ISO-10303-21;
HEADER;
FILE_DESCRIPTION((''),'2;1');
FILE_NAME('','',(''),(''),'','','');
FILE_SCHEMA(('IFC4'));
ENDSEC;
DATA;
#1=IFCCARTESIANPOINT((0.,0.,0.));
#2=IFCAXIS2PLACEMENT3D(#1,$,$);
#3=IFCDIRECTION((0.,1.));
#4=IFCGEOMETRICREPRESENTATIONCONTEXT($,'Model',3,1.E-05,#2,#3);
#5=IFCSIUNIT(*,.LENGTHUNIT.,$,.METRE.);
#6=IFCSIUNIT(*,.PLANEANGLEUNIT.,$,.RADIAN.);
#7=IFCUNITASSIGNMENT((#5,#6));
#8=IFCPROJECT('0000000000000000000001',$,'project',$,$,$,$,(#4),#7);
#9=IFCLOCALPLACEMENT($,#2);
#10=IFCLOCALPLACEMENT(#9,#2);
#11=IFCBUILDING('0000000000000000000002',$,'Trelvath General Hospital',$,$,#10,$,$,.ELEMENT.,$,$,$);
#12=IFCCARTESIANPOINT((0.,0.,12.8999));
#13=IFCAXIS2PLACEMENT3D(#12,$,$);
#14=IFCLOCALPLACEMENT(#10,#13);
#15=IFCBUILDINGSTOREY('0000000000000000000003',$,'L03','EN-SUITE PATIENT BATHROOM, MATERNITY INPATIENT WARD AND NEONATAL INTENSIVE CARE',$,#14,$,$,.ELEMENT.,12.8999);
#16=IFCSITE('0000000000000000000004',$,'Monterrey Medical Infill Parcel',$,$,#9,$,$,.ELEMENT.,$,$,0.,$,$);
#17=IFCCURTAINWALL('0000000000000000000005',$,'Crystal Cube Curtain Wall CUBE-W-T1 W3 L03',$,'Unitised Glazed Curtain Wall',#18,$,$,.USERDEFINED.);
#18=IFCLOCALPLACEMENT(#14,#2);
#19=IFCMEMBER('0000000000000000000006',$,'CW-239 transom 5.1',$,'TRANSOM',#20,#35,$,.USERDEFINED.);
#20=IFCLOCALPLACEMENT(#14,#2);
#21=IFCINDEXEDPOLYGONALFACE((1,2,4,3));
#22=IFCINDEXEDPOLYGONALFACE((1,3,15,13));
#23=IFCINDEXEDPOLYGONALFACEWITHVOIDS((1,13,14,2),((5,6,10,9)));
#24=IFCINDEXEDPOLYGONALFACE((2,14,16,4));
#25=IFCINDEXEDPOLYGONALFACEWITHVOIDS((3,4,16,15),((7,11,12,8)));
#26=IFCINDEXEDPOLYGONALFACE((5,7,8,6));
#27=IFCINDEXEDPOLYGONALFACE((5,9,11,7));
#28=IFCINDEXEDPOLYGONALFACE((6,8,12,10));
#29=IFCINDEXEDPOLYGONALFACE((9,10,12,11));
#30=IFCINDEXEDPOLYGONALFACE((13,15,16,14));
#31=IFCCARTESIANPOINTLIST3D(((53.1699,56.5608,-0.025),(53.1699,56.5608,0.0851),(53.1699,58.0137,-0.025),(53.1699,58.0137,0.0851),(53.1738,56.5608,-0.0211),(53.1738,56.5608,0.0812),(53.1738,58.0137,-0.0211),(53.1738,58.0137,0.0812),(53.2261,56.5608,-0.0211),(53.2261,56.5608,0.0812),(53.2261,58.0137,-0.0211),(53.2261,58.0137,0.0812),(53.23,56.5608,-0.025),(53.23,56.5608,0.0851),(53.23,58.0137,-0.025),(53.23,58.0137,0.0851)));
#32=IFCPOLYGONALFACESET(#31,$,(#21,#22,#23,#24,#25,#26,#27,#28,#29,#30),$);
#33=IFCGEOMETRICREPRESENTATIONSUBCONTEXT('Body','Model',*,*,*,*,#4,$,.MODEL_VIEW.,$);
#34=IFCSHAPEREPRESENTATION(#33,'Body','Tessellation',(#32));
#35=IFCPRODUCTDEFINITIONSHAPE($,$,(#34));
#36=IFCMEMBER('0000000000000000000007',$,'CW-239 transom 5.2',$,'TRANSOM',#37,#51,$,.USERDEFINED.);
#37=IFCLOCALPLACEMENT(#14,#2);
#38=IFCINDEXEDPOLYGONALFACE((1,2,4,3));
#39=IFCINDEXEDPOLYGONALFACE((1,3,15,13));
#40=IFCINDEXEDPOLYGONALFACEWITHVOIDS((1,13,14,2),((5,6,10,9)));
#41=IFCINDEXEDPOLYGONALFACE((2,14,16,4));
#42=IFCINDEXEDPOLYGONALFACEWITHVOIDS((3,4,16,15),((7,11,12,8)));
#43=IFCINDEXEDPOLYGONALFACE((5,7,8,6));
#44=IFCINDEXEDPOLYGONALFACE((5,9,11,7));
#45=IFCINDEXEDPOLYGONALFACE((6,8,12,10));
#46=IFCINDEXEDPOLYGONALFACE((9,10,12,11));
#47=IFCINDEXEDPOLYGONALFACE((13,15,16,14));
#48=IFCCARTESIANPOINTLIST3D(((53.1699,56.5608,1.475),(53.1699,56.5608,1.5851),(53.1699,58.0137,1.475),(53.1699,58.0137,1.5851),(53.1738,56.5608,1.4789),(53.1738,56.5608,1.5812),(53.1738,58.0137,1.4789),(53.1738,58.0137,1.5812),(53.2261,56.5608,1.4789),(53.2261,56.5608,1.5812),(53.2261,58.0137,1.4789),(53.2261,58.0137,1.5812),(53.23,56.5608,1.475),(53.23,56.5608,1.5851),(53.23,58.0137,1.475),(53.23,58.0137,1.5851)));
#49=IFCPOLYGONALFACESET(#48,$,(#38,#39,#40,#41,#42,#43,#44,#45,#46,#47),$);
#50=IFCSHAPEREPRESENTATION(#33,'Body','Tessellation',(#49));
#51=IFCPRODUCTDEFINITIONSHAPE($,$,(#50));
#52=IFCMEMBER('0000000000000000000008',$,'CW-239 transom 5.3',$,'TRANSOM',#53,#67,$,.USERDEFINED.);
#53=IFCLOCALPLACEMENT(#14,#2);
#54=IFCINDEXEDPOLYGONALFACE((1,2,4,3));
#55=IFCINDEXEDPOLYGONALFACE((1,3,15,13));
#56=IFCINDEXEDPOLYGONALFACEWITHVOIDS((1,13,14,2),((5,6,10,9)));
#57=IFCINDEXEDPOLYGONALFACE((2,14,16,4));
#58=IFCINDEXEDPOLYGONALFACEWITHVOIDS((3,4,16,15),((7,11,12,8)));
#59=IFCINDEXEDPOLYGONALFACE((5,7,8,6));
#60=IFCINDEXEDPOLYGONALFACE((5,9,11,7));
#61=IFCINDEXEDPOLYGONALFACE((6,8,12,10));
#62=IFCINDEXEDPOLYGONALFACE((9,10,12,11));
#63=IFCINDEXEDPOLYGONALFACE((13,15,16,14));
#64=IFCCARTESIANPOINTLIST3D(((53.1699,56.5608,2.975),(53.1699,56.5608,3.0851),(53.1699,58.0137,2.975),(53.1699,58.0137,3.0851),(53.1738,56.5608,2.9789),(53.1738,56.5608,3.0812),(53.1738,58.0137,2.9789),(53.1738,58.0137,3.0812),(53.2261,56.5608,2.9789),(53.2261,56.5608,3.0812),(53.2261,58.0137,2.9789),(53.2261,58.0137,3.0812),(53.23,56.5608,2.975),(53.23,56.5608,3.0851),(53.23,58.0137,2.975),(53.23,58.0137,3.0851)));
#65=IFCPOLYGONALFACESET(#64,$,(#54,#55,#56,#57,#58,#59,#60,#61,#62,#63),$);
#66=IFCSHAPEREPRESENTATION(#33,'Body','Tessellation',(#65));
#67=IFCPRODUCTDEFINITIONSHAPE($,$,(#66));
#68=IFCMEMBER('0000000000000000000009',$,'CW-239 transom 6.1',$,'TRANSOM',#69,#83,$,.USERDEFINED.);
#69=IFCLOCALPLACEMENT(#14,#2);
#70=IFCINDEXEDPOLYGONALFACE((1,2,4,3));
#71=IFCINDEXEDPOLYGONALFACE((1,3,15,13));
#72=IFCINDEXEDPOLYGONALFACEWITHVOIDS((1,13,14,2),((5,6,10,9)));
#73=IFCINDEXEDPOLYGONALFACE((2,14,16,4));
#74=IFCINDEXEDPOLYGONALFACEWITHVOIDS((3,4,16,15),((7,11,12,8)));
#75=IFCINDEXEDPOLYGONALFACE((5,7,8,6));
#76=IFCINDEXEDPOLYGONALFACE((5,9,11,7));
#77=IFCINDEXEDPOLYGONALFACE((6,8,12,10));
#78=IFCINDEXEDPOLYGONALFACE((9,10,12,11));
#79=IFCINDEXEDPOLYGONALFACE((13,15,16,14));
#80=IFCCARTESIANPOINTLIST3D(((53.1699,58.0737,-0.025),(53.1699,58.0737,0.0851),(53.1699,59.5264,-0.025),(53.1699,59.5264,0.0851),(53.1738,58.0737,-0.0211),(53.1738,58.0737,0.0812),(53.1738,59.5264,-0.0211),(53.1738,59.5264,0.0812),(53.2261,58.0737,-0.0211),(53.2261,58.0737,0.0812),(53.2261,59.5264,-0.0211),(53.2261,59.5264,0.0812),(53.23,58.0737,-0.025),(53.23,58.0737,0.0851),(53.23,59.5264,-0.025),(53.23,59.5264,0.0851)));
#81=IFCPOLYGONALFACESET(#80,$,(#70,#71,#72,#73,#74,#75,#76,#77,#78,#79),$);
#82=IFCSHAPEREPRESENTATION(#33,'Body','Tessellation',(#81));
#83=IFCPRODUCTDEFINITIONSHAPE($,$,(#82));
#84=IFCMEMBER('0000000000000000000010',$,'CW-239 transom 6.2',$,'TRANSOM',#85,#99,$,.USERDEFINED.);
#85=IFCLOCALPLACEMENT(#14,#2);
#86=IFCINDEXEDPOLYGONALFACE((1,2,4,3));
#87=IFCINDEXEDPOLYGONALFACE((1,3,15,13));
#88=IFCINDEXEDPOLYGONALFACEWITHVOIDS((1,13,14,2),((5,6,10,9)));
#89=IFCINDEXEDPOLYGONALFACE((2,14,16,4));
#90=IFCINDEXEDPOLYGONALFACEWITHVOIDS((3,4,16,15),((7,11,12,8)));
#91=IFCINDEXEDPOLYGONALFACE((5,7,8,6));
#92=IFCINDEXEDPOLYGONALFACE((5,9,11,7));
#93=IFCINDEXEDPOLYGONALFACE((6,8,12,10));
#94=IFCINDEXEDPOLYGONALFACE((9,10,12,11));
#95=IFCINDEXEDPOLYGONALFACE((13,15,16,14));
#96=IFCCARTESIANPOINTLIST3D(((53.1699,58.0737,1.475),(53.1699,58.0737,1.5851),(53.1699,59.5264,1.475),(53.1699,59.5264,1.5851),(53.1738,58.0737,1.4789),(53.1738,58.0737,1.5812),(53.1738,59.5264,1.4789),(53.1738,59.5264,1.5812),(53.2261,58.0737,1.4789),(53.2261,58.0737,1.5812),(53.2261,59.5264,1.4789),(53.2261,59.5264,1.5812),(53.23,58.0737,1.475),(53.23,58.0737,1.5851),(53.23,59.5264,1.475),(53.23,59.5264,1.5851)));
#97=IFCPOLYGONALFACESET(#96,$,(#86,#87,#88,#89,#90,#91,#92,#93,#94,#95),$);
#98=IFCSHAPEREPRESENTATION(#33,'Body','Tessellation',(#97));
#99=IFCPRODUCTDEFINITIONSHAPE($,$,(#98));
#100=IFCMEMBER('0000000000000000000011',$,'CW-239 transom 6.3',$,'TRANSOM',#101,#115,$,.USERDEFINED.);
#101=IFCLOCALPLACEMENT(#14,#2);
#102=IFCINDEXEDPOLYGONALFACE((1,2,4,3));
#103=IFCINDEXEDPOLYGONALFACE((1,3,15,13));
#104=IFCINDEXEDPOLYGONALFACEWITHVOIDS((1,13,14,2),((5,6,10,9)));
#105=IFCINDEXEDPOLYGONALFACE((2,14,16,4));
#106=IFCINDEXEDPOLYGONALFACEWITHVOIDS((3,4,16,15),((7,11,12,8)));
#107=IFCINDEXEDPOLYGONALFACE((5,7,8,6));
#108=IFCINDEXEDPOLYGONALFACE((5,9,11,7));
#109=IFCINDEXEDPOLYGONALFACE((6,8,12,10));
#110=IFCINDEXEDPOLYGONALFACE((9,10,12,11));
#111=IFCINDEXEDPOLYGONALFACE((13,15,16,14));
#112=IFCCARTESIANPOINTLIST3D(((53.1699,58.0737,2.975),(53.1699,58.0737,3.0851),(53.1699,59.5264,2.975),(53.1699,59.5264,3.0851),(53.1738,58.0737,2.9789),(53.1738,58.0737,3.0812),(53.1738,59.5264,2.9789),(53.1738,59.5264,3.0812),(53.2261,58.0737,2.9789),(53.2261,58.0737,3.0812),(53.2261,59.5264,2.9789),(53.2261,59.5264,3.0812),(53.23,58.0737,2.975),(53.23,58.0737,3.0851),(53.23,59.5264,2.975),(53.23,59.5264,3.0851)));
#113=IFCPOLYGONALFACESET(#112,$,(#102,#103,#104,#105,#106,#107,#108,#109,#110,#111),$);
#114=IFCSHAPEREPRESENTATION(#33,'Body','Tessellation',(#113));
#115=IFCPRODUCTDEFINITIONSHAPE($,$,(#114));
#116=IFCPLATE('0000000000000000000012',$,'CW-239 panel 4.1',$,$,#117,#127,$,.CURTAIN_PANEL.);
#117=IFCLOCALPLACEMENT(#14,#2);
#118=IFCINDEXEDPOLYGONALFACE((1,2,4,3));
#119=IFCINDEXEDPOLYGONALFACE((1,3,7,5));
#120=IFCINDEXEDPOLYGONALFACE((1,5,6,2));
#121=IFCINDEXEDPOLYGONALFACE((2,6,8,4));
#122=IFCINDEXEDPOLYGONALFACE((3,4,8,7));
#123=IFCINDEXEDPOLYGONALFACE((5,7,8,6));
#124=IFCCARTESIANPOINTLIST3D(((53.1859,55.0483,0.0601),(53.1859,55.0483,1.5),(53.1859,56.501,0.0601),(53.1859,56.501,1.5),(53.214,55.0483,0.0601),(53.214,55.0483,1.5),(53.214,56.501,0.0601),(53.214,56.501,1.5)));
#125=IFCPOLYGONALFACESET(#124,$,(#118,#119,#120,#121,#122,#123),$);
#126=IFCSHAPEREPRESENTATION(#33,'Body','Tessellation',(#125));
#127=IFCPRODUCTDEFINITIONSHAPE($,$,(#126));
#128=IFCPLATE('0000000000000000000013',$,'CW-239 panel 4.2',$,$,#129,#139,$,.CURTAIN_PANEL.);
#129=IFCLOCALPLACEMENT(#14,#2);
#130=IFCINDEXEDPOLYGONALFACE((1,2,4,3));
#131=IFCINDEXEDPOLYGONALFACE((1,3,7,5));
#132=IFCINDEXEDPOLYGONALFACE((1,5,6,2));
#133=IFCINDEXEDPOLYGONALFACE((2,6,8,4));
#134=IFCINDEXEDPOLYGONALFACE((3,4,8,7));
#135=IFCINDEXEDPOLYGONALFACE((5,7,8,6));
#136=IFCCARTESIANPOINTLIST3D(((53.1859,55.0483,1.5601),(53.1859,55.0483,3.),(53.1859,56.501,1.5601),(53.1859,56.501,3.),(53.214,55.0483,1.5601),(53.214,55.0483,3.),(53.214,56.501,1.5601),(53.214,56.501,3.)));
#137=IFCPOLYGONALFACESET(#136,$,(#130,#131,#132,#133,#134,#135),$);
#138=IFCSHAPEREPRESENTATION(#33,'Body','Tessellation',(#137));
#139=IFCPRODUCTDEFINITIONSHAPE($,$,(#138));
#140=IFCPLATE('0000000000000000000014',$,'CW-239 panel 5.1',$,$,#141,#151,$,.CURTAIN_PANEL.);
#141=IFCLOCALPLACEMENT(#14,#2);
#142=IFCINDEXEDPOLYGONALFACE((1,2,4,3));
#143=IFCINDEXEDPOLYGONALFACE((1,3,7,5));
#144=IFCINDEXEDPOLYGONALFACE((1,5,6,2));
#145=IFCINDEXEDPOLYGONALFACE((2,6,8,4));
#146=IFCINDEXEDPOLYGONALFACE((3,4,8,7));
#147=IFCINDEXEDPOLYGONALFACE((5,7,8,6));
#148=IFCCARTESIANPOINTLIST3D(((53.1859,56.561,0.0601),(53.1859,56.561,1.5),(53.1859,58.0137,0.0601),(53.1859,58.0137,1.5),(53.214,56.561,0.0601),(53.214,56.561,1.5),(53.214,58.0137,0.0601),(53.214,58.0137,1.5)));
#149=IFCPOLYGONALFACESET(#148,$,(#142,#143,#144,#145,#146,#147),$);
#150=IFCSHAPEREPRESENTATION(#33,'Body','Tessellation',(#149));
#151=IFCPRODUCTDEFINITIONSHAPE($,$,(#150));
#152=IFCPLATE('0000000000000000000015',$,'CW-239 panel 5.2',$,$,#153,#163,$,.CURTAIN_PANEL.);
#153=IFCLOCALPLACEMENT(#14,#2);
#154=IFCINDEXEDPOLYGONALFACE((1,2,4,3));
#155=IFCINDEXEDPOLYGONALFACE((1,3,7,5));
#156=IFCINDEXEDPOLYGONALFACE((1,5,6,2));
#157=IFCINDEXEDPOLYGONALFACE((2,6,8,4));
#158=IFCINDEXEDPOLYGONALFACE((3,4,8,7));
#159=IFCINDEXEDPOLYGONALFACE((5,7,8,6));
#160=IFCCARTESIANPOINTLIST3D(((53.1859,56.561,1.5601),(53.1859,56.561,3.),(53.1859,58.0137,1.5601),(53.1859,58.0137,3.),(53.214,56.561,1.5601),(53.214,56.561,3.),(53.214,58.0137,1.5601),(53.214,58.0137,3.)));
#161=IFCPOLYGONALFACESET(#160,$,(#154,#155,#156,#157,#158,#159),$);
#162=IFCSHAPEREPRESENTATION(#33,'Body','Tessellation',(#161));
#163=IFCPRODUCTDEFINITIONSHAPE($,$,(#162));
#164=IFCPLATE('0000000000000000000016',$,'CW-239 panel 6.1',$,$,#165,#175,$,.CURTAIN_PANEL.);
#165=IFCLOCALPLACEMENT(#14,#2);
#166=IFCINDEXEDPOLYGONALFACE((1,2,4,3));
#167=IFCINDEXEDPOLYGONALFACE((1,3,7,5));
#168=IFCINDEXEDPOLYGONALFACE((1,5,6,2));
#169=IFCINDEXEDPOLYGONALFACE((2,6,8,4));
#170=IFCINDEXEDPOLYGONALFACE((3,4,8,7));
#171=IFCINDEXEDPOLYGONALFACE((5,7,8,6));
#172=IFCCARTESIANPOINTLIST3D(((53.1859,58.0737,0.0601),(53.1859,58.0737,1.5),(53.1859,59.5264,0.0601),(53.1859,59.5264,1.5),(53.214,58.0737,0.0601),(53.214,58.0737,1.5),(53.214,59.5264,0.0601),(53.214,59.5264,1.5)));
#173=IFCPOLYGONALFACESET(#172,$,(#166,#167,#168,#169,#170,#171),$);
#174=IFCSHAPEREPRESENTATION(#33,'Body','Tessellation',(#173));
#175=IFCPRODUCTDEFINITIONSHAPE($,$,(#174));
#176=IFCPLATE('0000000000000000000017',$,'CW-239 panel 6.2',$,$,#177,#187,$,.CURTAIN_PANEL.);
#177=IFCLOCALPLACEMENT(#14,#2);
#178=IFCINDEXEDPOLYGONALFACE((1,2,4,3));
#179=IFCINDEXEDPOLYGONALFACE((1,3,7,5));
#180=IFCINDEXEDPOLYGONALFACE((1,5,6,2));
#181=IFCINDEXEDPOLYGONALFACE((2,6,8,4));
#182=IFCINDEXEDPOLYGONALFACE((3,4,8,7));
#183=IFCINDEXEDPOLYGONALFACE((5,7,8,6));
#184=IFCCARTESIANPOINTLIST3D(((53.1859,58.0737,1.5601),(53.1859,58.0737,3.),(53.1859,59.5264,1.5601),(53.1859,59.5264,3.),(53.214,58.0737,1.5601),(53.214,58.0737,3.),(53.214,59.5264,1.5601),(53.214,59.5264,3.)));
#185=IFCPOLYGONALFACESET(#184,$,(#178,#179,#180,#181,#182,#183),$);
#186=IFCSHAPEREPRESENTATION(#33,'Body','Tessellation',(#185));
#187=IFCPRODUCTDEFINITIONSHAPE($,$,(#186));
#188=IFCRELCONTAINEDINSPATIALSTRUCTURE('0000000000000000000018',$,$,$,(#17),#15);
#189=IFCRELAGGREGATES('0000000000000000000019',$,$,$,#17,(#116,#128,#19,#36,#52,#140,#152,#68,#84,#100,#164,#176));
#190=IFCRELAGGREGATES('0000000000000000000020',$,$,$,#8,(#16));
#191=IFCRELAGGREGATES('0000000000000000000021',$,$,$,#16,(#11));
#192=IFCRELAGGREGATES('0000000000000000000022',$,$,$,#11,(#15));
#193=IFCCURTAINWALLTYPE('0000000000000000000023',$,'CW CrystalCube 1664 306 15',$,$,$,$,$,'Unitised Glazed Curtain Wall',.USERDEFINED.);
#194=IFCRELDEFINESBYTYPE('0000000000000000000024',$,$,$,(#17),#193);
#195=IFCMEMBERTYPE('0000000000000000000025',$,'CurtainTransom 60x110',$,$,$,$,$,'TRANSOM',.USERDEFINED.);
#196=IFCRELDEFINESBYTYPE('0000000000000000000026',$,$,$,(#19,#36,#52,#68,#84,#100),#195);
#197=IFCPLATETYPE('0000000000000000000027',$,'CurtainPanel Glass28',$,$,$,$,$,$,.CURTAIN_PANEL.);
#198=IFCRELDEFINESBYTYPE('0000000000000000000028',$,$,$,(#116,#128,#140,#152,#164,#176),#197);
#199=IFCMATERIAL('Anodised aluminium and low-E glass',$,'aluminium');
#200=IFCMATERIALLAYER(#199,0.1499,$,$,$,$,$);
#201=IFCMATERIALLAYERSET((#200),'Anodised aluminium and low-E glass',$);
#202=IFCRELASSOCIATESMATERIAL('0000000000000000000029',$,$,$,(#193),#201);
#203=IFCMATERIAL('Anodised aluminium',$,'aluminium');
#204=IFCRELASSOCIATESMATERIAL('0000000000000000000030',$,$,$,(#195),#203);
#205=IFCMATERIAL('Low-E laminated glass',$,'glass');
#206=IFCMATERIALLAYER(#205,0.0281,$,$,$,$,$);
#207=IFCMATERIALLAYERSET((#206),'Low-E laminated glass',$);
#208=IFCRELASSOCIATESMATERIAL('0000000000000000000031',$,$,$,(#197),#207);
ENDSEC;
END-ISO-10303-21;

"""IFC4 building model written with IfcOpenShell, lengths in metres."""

from ifc_helpers import new_model, si_unit, direction, frame, origin, origin_2d, place, context, subcontext, project, spatial, rectangle, hollow_rectangle, extrude, material, layer, layer_set, material_profile, profile_set, type_object, element, aggregate, save


model = new_model("IFC4")

# Units and contexts
model_context = context("Model", 3, precision=1e-05, world=origin(), true_north=direction((0.0, 1.0)))
body_context = subcontext(model_context, "Body", "Model", "MODEL_VIEW")
ifc_project = project(units=[si_unit("LENGTHUNIT", "METRE"), si_unit("PLANEANGLEUNIT", "RADIAN")], contexts=[model_context])

# Site, building, storey
site_placement = place(None, origin())
site = spatial("IfcSite", under=ifc_project, at=site_placement, Name="Monterrey Medical Infill Parcel", CompositionType="ELEMENT", RefElevation=0.0)
building_placement = place(site_placement, origin())
building = spatial("IfcBuilding", under=site, at=building_placement, Name="Trelvath General Hospital", CompositionType="ELEMENT")
storey_placement = place(building_placement, frame((0.0, 0.0, 12.8999)))
storey = spatial("IfcBuildingStorey", under=building, at=storey_placement, Name="L03", Description="EN-SUITE PATIENT BATHROOM, MATERNITY INPATIENT WARD AND NEONATAL INTENSIVE CARE", CompositionType="ELEMENT", Elevation=12.8999)

# Curtain wall, members, plates
ifc_material_1 = material(Name="Anodised aluminium and low-E glass", Category="aluminium")
ifc_layer_1 = layer(ifc_material_1, 0.1499)
ifc_layer_set_1 = layer_set([ifc_layer_1], Name="Anodised aluminium and low-E glass")
curtain_wall_type = type_object("IfcCurtainWallType", Name="CW CrystalCube 1664 306 15", ElementType="Unitised Glazed Curtain Wall", PredefinedType="USERDEFINED", material=ifc_layer_set_1)
curtain_wall_placement = place(storey_placement, origin())
curtain_wall = element("IfcCurtainWall", 1, at=curtain_wall_placement, inside=storey, type_object=curtain_wall_type, Name="Crystal Cube Curtain Wall CUBE-W-T1 W3 L03", ObjectType="Unitised Glazed Curtain Wall", PredefinedType="USERDEFINED")
ifc_material_2 = material(Name="Anodised aluminium", Category="aluminium")
ifc_material_profile_1 = material_profile(ifc_material_2, hollow_rectangle(XDim=0.0601, YDim=0.1101, WallThickness=0.0039, at=origin_2d()), Name="RHS60x110x4")
ifc_profile_set_1 = profile_set([ifc_material_profile_1], Name="Anodised aluminium")
member_type_1 = type_object("IfcMemberType", Name="CurtainTransom 60x110", ElementType="TRANSOM", PredefinedType="USERDEFINED", material=ifc_profile_set_1)
member_1_placement = place(storey_placement, frame((53.2, 56.5608, 0.03), z_axis=(0.0, 1.0, 0.0), x_axis=(-1.0, 0.0, 0.0)))
member_1 = element("IfcMember", 2, at=member_1_placement, type_object=member_type_1, Name="CW-239 transom 5.1", ObjectType="TRANSOM", PredefinedType="USERDEFINED", context=body_context, shape_type="SweptSolid", body=[
    extrude(hollow_rectangle(XDim=0.0601, YDim=0.1101, WallThickness=0.0039, at=origin_2d()), origin(), (0.0, 0.0, 1.0), 1.4529),
])
member_2_placement = place(storey_placement, frame((53.2, 56.5608, 1.53), z_axis=(0.0, 1.0, 0.0), x_axis=(-1.0, 0.0, 0.0)))
member_2 = element("IfcMember", 3, at=member_2_placement, type_object=member_type_1, Name="CW-239 transom 5.2", ObjectType="TRANSOM", PredefinedType="USERDEFINED", context=body_context, shape_type="SweptSolid", body=[
    extrude(hollow_rectangle(XDim=0.0601, YDim=0.1101, WallThickness=0.0039, at=origin_2d()), origin(), (0.0, 0.0, 1.0), 1.4529),
])
member_3_placement = place(storey_placement, frame((53.2, 56.5608, 3.03), z_axis=(0.0, 1.0, 0.0), x_axis=(-1.0, 0.0, 0.0)))
member_3 = element("IfcMember", 4, at=member_3_placement, type_object=member_type_1, Name="CW-239 transom 5.3", ObjectType="TRANSOM", PredefinedType="USERDEFINED", context=body_context, shape_type="SweptSolid", body=[
    extrude(hollow_rectangle(XDim=0.0601, YDim=0.1101, WallThickness=0.0039, at=origin_2d()), origin(), (0.0, 0.0, 1.0), 1.4529),
])
member_4_placement = place(storey_placement, frame((53.2, 58.0737, 0.03), z_axis=(0.0, 1.0, 0.0), x_axis=(-1.0, 0.0, 0.0)))
member_4 = element("IfcMember", 5, at=member_4_placement, type_object=member_type_1, Name="CW-239 transom 6.1", ObjectType="TRANSOM", PredefinedType="USERDEFINED", context=body_context, shape_type="SweptSolid", body=[
    extrude(hollow_rectangle(XDim=0.0601, YDim=0.1101, WallThickness=0.0039, at=origin_2d()), origin(), (0.0, 0.0, 1.0), 1.4526),
])
member_5_placement = place(storey_placement, frame((53.2, 58.0737, 1.53), z_axis=(0.0, 1.0, 0.0), x_axis=(-1.0, 0.0, 0.0)))
member_5 = element("IfcMember", 6, at=member_5_placement, type_object=member_type_1, Name="CW-239 transom 6.2", ObjectType="TRANSOM", PredefinedType="USERDEFINED", context=body_context, shape_type="SweptSolid", body=[
    extrude(hollow_rectangle(XDim=0.0601, YDim=0.1101, WallThickness=0.0039, at=origin_2d()), origin(), (0.0, 0.0, 1.0), 1.4526),
])
member_6_placement = place(storey_placement, frame((53.2, 58.0737, 3.03), z_axis=(0.0, 1.0, 0.0), x_axis=(-1.0, 0.0, 0.0)))
member_6 = element("IfcMember", 7, at=member_6_placement, type_object=member_type_1, Name="CW-239 transom 6.3", ObjectType="TRANSOM", PredefinedType="USERDEFINED", context=body_context, shape_type="SweptSolid", body=[
    extrude(hollow_rectangle(XDim=0.0601, YDim=0.1101, WallThickness=0.0039, at=origin_2d()), origin(), (0.0, 0.0, 1.0), 1.4526),
])
ifc_material_3 = material(Name="Low-E laminated glass", Category="glass")
ifc_layer_2 = layer(ifc_material_3, 0.0281)
ifc_layer_set_2 = layer_set([ifc_layer_2], Name="Low-E laminated glass")
plate_type = type_object("IfcPlateType", Name="CurtainPanel Glass28", PredefinedType="CURTAIN_PANEL", material=ifc_layer_set_2)
plate_1_placement = place(storey_placement, frame((53.2, 55.7747, 0.0601), z_axis=(0.0, 0.0, 1.0), x_axis=(0.0, 1.0, 0.0)))
plate_1 = element("IfcPlate", 8, at=plate_1_placement, type_object=plate_type, Name="CW-239 panel 4.1", PredefinedType="CURTAIN_PANEL", context=body_context, shape_type="SweptSolid", body=[
    extrude(rectangle(XDim=1.4526, YDim=0.0281, at=origin_2d()), origin(), (0.0, 0.0, 1.0), 1.4399),
])
plate_2_placement = place(storey_placement, frame((53.2, 55.7747, 1.5601), z_axis=(0.0, 0.0, 1.0), x_axis=(0.0, 1.0, 0.0)))
plate_2 = element("IfcPlate", 9, at=plate_2_placement, type_object=plate_type, Name="CW-239 panel 4.2", PredefinedType="CURTAIN_PANEL", context=body_context, shape_type="SweptSolid", body=[
    extrude(rectangle(XDim=1.4526, YDim=0.0281, at=origin_2d()), origin(), (0.0, 0.0, 1.0), 1.4399),
])
plate_3_placement = place(storey_placement, frame((53.2, 57.2874, 0.0601), z_axis=(0.0, 0.0, 1.0), x_axis=(0.0, 1.0, 0.0)))
plate_3 = element("IfcPlate", 10, at=plate_3_placement, type_object=plate_type, Name="CW-239 panel 5.1", PredefinedType="CURTAIN_PANEL", context=body_context, shape_type="SweptSolid", body=[
    extrude(rectangle(XDim=1.4526, YDim=0.0281, at=origin_2d()), origin(), (0.0, 0.0, 1.0), 1.4399),
])
plate_4_placement = place(storey_placement, frame((53.2, 57.2874, 1.5601), z_axis=(0.0, 0.0, 1.0), x_axis=(0.0, 1.0, 0.0)))
plate_4 = element("IfcPlate", 11, at=plate_4_placement, type_object=plate_type, Name="CW-239 panel 5.2", PredefinedType="CURTAIN_PANEL", context=body_context, shape_type="SweptSolid", body=[
    extrude(rectangle(XDim=1.4526, YDim=0.0281, at=origin_2d()), origin(), (0.0, 0.0, 1.0), 1.4399),
])
plate_5_placement = place(storey_placement, frame((53.2, 58.8, 0.0601), z_axis=(0.0, 0.0, 1.0), x_axis=(0.0, 1.0, 0.0)))
plate_5 = element("IfcPlate", 12, at=plate_5_placement, type_object=plate_type, Name="CW-239 panel 6.1", PredefinedType="CURTAIN_PANEL", context=body_context, shape_type="SweptSolid", body=[
    extrude(rectangle(XDim=1.4526, YDim=0.0281, at=origin_2d()), origin(), (0.0, 0.0, 1.0), 1.4399),
])
plate_6_placement = place(storey_placement, frame((53.2, 58.8, 1.5601), z_axis=(0.0, 0.0, 1.0), x_axis=(0.0, 1.0, 0.0)))
plate_6 = element("IfcPlate", 13, at=plate_6_placement, type_object=plate_type, Name="CW-239 panel 6.2", PredefinedType="CURTAIN_PANEL", context=body_context, shape_type="SweptSolid", body=[
    extrude(rectangle(XDim=1.4526, YDim=0.0281, at=origin_2d()), origin(), (0.0, 0.0, 1.0), 1.4399),
])
aggregate(curtain_wall, [plate_1, plate_2, member_1, member_2, member_3, plate_3, plate_4, member_4, member_5, member_6, plate_5, plate_6])

save(model, "model.ifc")
